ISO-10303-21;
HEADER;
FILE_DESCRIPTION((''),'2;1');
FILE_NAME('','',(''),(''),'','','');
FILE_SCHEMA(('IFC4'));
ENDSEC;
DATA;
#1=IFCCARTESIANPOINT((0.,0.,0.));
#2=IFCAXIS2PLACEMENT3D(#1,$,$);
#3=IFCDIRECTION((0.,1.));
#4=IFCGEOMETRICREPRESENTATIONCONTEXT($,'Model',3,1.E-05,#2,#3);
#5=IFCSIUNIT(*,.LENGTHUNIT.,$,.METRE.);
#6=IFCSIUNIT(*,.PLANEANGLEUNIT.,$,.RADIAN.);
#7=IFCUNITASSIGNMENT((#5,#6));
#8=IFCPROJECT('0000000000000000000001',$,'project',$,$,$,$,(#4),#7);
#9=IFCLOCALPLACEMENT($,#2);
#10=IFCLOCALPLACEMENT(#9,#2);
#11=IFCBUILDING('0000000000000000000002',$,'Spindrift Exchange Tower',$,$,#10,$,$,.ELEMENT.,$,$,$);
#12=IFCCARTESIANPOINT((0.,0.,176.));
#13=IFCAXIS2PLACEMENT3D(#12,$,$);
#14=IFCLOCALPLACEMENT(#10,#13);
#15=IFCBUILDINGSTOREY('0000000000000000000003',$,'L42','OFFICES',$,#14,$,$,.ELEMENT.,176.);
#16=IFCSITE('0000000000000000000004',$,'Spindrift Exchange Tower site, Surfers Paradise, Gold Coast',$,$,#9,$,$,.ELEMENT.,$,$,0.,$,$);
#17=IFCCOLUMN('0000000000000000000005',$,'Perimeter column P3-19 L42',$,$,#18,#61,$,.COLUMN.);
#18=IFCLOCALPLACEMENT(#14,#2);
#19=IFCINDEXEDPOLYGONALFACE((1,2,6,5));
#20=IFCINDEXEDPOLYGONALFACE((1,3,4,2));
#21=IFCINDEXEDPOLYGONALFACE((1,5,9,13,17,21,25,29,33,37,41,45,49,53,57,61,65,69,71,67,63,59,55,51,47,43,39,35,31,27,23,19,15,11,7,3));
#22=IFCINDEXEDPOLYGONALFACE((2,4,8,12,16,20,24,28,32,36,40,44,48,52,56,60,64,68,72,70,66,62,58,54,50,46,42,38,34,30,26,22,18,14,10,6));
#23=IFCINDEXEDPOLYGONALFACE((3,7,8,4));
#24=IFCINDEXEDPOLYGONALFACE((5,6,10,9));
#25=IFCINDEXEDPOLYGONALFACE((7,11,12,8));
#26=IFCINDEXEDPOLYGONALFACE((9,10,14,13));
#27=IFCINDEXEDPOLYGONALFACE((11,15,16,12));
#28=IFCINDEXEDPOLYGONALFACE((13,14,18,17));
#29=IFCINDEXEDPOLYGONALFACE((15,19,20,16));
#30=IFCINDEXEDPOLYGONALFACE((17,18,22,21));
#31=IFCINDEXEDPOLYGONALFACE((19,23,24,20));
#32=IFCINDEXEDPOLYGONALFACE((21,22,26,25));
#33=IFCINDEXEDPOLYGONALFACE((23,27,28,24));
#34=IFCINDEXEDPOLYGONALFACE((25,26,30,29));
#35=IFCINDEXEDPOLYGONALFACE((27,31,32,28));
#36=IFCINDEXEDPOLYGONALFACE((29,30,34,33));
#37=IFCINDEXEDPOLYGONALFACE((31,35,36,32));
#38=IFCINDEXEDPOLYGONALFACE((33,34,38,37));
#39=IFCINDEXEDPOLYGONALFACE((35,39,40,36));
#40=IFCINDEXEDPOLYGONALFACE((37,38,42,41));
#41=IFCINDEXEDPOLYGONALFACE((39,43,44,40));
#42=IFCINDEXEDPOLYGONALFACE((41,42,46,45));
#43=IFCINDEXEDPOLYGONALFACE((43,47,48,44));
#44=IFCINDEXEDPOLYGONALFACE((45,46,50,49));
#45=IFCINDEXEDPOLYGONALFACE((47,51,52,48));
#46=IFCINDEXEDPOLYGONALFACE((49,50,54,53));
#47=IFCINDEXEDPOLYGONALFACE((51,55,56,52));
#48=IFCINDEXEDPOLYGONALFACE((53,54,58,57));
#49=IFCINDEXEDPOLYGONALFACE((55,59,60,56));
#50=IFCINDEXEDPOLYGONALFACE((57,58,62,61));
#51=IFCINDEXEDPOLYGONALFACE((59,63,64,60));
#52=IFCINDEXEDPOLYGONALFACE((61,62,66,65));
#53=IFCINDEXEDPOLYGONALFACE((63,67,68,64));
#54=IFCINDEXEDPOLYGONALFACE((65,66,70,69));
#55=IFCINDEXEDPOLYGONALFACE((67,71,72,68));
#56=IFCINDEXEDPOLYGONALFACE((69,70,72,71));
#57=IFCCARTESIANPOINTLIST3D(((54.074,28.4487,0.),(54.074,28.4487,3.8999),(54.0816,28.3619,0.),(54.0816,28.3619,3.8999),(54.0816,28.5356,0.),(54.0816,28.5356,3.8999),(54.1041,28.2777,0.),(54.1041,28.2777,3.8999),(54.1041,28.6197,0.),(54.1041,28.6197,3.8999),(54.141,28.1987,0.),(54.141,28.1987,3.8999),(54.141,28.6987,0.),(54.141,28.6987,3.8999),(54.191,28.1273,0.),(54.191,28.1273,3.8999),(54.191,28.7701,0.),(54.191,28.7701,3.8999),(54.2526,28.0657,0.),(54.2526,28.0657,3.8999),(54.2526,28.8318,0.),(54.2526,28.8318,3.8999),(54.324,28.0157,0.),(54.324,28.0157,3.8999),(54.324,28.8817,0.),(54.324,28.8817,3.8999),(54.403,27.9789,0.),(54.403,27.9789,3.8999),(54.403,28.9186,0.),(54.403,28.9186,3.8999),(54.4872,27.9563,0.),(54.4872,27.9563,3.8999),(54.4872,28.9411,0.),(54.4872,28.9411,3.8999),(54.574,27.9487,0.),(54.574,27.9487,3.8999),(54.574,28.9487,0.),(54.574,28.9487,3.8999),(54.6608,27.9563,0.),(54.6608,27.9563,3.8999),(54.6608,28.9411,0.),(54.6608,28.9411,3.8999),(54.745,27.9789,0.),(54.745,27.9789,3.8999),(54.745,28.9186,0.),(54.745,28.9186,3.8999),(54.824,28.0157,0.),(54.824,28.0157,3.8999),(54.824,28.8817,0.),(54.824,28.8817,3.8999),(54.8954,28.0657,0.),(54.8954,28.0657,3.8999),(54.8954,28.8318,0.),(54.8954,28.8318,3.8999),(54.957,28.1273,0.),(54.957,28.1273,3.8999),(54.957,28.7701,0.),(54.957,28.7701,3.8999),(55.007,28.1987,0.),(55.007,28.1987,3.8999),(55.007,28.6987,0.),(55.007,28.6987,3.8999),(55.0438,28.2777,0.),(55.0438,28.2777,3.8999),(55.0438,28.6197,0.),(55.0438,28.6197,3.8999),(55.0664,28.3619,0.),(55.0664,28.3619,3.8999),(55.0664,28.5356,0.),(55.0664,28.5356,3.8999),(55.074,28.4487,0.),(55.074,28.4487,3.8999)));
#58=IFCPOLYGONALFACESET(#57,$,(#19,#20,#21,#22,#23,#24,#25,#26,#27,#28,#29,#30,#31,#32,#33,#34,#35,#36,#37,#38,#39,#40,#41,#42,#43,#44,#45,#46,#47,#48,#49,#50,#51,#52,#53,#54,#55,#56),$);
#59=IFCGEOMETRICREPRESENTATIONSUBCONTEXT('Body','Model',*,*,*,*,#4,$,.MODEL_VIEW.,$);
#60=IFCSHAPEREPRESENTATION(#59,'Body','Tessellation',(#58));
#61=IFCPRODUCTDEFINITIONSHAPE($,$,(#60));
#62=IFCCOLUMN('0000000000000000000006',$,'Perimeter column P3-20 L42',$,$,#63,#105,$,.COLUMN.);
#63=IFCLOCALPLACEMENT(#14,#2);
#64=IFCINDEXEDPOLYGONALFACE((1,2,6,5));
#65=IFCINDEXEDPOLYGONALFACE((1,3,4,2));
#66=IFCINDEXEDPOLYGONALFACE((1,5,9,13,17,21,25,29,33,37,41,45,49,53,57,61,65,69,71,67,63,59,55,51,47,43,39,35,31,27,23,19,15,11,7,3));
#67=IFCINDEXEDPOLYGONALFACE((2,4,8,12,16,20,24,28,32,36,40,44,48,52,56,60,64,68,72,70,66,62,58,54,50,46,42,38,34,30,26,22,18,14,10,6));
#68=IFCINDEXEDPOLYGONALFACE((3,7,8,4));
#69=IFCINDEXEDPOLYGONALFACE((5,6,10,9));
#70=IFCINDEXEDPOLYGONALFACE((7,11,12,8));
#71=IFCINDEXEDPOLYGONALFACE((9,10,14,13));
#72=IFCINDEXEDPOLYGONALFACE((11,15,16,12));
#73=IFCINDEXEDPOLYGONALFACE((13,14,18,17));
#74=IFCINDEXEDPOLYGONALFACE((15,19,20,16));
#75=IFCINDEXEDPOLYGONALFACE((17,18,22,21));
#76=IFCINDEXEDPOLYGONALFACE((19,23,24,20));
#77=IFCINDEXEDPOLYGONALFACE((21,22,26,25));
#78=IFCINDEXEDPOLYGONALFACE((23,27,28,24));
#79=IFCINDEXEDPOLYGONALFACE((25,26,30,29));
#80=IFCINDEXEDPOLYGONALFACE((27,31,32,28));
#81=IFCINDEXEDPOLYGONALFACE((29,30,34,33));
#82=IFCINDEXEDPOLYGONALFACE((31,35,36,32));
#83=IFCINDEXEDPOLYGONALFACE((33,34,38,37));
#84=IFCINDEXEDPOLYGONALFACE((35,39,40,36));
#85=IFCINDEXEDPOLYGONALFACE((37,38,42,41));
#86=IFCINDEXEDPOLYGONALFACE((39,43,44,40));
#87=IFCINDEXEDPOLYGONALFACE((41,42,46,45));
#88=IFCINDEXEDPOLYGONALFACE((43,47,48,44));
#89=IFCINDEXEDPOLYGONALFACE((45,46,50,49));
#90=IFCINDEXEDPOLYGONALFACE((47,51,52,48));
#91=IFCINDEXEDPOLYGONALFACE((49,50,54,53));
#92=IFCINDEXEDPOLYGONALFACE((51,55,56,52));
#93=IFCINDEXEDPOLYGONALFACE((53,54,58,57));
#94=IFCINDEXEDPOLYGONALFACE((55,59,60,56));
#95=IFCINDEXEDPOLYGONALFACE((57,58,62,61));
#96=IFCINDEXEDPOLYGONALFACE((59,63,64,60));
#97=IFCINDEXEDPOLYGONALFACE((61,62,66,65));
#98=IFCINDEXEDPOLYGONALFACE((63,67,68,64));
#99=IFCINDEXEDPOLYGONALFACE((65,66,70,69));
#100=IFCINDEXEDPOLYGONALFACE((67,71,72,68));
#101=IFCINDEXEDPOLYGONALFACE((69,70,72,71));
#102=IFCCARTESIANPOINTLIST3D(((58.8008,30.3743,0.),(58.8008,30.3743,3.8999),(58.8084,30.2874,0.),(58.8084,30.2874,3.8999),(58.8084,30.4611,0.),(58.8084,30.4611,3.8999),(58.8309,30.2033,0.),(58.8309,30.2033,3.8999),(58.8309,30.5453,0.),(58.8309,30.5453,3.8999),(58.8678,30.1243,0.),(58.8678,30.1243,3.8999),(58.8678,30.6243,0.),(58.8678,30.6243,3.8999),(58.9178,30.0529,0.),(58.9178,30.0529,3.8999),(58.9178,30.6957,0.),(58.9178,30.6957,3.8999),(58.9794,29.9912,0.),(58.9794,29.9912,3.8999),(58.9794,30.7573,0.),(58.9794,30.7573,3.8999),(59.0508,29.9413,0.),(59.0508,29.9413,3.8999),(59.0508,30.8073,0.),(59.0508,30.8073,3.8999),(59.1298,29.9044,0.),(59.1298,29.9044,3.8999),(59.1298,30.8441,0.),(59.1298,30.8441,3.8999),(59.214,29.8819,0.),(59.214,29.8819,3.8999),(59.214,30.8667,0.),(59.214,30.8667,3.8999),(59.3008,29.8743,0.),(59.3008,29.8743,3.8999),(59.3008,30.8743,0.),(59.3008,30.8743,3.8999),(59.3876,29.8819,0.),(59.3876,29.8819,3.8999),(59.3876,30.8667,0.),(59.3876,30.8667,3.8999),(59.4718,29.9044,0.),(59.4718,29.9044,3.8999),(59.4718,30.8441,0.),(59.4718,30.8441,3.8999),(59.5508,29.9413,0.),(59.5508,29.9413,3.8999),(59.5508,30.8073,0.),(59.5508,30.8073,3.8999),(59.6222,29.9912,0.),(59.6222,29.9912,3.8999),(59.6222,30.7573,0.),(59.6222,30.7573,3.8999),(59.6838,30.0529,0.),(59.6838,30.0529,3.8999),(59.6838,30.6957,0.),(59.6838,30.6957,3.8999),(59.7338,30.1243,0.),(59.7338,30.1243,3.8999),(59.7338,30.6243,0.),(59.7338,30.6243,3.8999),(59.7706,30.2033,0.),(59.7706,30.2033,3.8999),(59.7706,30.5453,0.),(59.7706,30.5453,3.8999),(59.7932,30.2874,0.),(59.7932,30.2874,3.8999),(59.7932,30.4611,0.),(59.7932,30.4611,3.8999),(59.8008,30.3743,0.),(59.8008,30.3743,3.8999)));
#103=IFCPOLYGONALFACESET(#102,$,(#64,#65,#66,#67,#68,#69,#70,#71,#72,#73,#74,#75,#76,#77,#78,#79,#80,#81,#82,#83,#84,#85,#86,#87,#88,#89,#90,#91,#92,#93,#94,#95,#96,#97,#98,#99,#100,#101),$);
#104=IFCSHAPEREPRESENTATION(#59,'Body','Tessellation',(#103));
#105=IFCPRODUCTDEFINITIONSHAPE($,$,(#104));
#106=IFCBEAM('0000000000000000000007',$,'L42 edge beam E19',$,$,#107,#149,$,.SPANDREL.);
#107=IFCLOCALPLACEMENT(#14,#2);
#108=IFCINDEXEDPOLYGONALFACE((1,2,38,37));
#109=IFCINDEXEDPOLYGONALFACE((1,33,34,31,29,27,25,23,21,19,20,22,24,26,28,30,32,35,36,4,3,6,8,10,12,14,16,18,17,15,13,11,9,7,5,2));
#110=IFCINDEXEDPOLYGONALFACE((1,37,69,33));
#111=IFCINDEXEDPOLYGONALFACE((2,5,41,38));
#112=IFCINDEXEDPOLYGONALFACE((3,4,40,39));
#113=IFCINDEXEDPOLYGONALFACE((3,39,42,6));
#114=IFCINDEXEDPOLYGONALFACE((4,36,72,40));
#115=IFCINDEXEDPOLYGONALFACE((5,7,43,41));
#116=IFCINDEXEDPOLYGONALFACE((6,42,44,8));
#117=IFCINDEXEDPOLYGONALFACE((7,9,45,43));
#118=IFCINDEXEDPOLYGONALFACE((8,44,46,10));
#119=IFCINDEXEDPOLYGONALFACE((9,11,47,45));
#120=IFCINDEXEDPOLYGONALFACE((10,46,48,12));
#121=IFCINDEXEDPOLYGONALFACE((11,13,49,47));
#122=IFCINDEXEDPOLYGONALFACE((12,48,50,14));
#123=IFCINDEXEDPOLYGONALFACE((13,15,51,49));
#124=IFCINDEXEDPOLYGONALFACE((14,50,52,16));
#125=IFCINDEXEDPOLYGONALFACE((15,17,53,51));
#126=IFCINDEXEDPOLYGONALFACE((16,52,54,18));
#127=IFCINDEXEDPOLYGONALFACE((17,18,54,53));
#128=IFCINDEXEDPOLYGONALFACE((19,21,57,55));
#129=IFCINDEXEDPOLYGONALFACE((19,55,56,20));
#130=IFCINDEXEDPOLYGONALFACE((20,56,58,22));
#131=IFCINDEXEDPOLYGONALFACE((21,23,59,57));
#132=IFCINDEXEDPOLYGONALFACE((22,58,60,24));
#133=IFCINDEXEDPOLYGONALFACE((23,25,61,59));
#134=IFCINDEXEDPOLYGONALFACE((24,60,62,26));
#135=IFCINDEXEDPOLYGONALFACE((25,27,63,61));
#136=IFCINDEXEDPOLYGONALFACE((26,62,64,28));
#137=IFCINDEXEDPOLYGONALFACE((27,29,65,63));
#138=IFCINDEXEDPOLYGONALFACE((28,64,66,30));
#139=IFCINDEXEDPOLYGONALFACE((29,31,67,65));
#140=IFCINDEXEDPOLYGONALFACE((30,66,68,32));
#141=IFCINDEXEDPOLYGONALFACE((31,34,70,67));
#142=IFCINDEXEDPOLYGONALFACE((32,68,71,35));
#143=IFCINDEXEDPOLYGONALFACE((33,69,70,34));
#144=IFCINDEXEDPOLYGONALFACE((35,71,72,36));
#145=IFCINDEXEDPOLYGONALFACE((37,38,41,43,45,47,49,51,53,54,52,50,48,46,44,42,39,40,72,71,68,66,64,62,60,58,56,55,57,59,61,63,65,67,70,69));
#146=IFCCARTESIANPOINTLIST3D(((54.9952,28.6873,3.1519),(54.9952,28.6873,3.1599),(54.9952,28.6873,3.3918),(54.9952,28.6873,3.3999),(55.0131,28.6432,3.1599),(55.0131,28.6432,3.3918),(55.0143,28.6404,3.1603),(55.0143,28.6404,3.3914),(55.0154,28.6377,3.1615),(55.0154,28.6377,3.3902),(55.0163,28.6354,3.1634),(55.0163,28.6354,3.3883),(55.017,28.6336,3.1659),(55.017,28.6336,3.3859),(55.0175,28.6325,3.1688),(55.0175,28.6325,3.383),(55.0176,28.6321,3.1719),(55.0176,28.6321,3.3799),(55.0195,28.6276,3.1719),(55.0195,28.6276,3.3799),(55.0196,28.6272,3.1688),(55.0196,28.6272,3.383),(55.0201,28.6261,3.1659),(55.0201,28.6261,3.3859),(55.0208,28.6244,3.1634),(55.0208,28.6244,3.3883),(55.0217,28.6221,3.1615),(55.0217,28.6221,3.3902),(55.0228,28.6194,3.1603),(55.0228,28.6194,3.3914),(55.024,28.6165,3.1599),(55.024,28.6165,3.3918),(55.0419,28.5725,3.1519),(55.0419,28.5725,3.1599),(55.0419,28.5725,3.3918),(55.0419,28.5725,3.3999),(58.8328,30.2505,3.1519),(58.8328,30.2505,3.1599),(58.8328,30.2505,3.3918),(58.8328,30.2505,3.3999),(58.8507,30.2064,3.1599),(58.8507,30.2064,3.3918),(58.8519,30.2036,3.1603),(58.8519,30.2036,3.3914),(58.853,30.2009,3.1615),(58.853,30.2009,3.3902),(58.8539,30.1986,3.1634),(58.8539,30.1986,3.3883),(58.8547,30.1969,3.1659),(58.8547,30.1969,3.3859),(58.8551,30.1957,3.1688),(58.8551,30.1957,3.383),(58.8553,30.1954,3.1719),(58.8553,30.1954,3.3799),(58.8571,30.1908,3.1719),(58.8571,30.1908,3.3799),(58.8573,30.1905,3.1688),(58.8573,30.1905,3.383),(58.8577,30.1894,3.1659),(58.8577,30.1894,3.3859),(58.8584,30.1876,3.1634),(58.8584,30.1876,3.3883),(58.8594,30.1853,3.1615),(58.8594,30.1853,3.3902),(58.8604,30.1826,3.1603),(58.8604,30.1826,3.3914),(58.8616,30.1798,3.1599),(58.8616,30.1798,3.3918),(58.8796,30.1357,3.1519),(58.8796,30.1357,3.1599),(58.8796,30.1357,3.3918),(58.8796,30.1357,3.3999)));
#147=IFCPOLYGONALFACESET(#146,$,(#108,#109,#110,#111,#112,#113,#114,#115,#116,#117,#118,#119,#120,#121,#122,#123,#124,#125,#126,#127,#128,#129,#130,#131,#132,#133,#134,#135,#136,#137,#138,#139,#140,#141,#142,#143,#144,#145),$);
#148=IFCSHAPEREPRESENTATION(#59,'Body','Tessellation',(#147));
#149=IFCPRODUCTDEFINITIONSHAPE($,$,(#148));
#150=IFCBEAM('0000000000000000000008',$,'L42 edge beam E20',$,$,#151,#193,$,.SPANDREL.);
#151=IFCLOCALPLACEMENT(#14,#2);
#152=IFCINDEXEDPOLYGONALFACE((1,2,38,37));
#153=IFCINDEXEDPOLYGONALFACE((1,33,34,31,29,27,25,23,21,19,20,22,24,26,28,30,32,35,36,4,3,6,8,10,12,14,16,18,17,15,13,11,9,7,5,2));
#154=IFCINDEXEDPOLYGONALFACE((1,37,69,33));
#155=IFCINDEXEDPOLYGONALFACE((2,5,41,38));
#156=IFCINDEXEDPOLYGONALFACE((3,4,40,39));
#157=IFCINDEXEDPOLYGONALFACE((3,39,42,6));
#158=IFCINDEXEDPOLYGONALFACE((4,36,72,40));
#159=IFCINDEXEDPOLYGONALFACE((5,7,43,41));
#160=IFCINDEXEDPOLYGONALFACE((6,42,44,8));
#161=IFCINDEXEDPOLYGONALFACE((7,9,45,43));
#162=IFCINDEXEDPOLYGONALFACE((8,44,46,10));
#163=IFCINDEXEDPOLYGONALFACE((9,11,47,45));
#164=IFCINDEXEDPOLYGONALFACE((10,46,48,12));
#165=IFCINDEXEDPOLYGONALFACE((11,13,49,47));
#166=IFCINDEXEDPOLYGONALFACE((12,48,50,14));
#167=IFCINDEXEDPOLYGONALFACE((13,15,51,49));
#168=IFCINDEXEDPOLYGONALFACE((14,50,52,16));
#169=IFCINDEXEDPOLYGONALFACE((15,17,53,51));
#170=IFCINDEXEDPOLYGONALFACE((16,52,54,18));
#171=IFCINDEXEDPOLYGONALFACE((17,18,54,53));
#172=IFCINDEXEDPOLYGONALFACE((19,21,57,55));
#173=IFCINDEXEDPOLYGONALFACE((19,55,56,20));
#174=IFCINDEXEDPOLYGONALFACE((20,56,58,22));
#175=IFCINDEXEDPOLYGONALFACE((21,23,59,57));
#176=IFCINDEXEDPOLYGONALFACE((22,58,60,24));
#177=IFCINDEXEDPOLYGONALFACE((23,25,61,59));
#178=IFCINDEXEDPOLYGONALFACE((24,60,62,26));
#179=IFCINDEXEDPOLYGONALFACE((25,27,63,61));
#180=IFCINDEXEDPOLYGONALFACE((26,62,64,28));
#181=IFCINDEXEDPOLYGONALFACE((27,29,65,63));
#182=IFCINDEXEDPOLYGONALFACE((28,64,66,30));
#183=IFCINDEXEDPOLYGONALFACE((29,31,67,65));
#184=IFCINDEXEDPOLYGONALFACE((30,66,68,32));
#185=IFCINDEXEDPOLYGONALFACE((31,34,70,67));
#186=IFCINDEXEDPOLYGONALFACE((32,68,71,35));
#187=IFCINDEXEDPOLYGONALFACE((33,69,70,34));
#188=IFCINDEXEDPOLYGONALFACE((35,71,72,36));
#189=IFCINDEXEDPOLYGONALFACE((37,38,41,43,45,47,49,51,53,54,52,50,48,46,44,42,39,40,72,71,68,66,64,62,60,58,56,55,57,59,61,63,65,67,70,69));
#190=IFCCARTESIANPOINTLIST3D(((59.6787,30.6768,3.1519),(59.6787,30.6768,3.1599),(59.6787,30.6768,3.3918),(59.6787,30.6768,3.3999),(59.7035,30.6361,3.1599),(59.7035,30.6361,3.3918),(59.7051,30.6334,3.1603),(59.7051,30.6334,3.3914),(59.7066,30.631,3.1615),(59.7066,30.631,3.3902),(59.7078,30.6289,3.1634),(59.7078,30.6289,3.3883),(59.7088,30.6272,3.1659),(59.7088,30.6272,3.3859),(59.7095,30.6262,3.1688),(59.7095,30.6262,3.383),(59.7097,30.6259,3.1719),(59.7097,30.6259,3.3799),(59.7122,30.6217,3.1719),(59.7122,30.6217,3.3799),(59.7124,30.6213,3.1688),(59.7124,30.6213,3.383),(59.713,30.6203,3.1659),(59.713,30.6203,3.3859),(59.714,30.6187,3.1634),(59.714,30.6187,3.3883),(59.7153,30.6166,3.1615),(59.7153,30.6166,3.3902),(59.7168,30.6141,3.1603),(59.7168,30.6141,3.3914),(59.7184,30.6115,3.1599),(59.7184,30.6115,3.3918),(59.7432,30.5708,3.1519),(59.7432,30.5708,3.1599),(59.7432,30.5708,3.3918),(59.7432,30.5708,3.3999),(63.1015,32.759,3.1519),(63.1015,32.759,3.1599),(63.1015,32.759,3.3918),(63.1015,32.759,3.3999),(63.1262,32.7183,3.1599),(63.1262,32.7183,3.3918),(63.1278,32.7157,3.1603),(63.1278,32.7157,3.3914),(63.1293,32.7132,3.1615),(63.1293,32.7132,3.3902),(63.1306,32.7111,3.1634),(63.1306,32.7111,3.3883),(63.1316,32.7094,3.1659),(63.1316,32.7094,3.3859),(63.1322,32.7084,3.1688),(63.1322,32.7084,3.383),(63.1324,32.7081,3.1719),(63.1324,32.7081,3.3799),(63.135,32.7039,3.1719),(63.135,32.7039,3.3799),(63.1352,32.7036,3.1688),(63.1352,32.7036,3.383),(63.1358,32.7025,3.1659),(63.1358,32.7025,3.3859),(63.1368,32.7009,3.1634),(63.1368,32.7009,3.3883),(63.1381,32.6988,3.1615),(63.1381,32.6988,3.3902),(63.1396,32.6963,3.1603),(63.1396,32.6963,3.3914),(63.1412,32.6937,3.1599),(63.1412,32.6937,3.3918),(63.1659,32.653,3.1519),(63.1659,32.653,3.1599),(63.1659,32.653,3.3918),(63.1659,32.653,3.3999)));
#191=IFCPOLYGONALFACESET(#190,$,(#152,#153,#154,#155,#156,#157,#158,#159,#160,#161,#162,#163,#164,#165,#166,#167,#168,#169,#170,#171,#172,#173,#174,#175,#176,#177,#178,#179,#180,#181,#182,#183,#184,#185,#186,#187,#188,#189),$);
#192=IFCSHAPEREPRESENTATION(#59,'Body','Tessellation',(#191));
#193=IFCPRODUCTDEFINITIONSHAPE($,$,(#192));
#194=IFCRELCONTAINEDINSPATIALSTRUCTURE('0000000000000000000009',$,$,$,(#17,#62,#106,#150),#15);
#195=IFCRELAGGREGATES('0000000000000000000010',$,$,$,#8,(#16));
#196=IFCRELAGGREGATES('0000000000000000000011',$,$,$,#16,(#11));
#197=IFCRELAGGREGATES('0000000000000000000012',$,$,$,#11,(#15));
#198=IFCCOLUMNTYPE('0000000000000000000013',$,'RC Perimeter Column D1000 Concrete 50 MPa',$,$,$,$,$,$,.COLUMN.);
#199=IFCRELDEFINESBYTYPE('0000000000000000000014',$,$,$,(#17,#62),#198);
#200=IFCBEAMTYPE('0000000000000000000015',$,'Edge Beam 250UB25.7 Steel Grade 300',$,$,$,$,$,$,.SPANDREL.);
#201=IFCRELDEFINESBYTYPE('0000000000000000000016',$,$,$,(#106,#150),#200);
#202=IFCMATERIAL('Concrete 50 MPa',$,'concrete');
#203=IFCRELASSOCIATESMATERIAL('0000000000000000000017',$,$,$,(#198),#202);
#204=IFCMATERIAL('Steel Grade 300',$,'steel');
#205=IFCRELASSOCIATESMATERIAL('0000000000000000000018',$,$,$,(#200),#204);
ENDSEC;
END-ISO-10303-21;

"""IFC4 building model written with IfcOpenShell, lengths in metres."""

from ifc_helpers import new_model, si_unit, direction, frame, origin, origin_2d, place, context, subcontext, project, spatial, circle, i_section, extrude, source, transform, mapped, material, material_profile, profile_set, type_object, element, save


model = new_model("IFC4")

# Units and contexts
model_context = context("Model", 3, precision=1e-05, world=origin(), true_north=direction((0.0, 1.0)))
body_context = subcontext(model_context, "Body", "Model", "MODEL_VIEW")
ifc_project = project(units=[si_unit("LENGTHUNIT", "METRE"), si_unit("PLANEANGLEUNIT", "RADIAN")], contexts=[model_context])

# Site, building, storey
site_placement = place(None, origin())
site = spatial("IfcSite", under=ifc_project, at=site_placement, Name="Spindrift Exchange Tower site, Surfers Paradise, Gold Coast", CompositionType="ELEMENT", RefElevation=0.0)
building_placement = place(site_placement, origin())
building = spatial("IfcBuilding", under=site, at=building_placement, Name="Spindrift Exchange Tower", CompositionType="ELEMENT")
storey_placement = place(building_placement, frame((0.0, 0.0, 176.0)))
storey = spatial("IfcBuildingStorey", under=building, at=storey_placement, Name="L42", Description="OFFICES", CompositionType="ELEMENT", Elevation=176.0)

# Columns
ifc_material_1 = material(Name="Concrete 50 MPa", Category="concrete")
ifc_material_profile_1 = material_profile(ifc_material_1, circle(Radius=0.5, at=origin_2d()), Name="RC D1000")
ifc_profile_set_1 = profile_set([ifc_material_profile_1], Name="Concrete 50 MPa")
column_type = type_object("IfcColumnType", Name="RC Perimeter Column D1000 Concrete 50 MPa", PredefinedType="COLUMN", material=ifc_profile_set_1)
shared_shape_1 = source(origin(), body_context, "Body", "SweptSolid", [
    extrude(circle(Radius=0.5, at=origin_2d()), origin(), (0.0, 0.0, 1.0), 3.8999),
])
for number, where, z_axis, x_axis, name in (
    (1, (54.574, 28.4487, 0.0), (0.0, 0.0, 1.0), (1.0, 0.0, 0.0), "Perimeter column P3-19 L42"),
    (2, (59.3008, 30.3743, 0.0), (0.0, 0.0, 1.0), (1.0, 0.0, 0.0), "Perimeter column P3-20 L42"),
):
    element("IfcColumn", number, at=place(storey_placement, frame(where, z_axis=z_axis, x_axis=x_axis)), inside=storey, type_object=column_type, Name=name, PredefinedType="COLUMN", context=body_context, shape_type="MappedRepresentation", body=[
        mapped(shared_shape_1, transform((0.0, 0.0, 0.0), scale=1.0)),
    ])

# Beams
ifc_material_2 = material(Name="Steel Grade 300", Category="steel")
ifc_material_profile_2 = material_profile(ifc_material_2, i_section(OverallWidth=0.124, OverallDepth=0.248, WebThickness=0.0049, FlangeThickness=0.0081, FilletRadius=0.012, at=origin_2d()), Name="250UB25.7")
ifc_profile_set_2 = profile_set([ifc_material_profile_2], Name="Steel Grade 300")
beam_type_1 = type_object("IfcBeamType", Name="Edge Beam 250UB25.7 Steel Grade 300", PredefinedType="SPANDREL", material=ifc_profile_set_2)
shared_shape_2 = source(origin(), body_context, "Body", "SweptSolid", [
    extrude(i_section(OverallWidth=0.124, OverallDepth=0.248, WebThickness=0.0049, FlangeThickness=0.0081, FilletRadius=0.012, at=origin_2d()), origin(), (0.0, 0.0, 1.0), 4.1438),
])
beam_1_placement = place(storey_placement, frame((55.0186, 28.6299, 3.2759), z_axis=(0.926114, 0.377244, 0.0), x_axis=(-0.377244, 0.926114, 0.0)))
element("IfcBeam", 3, at=beam_1_placement, inside=storey, type_object=beam_type_1, Name="L42 edge beam E19", PredefinedType="SPANDREL", context=body_context, shape_type="MappedRepresentation", body=[
    mapped(shared_shape_2, transform((0.0, 0.0, 0.0), scale=1.0)),
])
shared_shape_3 = source(origin(), body_context, "Body", "SweptSolid", [
    extrude(i_section(OverallWidth=0.124, OverallDepth=0.248, WebThickness=0.0049, FlangeThickness=0.0081, FilletRadius=0.012, at=origin_2d()), origin(), (0.0, 0.0, 1.0), 4.0063),
])
beam_2_placement = place(storey_placement, frame((59.7109, 30.6238, 3.2759), z_axis=(0.854331, 0.519728, 0.0), x_axis=(-0.519728, 0.854331, 0.0)))
element("IfcBeam", 4, at=beam_2_placement, inside=storey, type_object=beam_type_1, Name="L42 edge beam E20", PredefinedType="SPANDREL", context=body_context, shape_type="MappedRepresentation", body=[
    mapped(shared_shape_3, transform((0.0, 0.0, 0.0), scale=1.0)),
])

save(model, "model.ifc")
